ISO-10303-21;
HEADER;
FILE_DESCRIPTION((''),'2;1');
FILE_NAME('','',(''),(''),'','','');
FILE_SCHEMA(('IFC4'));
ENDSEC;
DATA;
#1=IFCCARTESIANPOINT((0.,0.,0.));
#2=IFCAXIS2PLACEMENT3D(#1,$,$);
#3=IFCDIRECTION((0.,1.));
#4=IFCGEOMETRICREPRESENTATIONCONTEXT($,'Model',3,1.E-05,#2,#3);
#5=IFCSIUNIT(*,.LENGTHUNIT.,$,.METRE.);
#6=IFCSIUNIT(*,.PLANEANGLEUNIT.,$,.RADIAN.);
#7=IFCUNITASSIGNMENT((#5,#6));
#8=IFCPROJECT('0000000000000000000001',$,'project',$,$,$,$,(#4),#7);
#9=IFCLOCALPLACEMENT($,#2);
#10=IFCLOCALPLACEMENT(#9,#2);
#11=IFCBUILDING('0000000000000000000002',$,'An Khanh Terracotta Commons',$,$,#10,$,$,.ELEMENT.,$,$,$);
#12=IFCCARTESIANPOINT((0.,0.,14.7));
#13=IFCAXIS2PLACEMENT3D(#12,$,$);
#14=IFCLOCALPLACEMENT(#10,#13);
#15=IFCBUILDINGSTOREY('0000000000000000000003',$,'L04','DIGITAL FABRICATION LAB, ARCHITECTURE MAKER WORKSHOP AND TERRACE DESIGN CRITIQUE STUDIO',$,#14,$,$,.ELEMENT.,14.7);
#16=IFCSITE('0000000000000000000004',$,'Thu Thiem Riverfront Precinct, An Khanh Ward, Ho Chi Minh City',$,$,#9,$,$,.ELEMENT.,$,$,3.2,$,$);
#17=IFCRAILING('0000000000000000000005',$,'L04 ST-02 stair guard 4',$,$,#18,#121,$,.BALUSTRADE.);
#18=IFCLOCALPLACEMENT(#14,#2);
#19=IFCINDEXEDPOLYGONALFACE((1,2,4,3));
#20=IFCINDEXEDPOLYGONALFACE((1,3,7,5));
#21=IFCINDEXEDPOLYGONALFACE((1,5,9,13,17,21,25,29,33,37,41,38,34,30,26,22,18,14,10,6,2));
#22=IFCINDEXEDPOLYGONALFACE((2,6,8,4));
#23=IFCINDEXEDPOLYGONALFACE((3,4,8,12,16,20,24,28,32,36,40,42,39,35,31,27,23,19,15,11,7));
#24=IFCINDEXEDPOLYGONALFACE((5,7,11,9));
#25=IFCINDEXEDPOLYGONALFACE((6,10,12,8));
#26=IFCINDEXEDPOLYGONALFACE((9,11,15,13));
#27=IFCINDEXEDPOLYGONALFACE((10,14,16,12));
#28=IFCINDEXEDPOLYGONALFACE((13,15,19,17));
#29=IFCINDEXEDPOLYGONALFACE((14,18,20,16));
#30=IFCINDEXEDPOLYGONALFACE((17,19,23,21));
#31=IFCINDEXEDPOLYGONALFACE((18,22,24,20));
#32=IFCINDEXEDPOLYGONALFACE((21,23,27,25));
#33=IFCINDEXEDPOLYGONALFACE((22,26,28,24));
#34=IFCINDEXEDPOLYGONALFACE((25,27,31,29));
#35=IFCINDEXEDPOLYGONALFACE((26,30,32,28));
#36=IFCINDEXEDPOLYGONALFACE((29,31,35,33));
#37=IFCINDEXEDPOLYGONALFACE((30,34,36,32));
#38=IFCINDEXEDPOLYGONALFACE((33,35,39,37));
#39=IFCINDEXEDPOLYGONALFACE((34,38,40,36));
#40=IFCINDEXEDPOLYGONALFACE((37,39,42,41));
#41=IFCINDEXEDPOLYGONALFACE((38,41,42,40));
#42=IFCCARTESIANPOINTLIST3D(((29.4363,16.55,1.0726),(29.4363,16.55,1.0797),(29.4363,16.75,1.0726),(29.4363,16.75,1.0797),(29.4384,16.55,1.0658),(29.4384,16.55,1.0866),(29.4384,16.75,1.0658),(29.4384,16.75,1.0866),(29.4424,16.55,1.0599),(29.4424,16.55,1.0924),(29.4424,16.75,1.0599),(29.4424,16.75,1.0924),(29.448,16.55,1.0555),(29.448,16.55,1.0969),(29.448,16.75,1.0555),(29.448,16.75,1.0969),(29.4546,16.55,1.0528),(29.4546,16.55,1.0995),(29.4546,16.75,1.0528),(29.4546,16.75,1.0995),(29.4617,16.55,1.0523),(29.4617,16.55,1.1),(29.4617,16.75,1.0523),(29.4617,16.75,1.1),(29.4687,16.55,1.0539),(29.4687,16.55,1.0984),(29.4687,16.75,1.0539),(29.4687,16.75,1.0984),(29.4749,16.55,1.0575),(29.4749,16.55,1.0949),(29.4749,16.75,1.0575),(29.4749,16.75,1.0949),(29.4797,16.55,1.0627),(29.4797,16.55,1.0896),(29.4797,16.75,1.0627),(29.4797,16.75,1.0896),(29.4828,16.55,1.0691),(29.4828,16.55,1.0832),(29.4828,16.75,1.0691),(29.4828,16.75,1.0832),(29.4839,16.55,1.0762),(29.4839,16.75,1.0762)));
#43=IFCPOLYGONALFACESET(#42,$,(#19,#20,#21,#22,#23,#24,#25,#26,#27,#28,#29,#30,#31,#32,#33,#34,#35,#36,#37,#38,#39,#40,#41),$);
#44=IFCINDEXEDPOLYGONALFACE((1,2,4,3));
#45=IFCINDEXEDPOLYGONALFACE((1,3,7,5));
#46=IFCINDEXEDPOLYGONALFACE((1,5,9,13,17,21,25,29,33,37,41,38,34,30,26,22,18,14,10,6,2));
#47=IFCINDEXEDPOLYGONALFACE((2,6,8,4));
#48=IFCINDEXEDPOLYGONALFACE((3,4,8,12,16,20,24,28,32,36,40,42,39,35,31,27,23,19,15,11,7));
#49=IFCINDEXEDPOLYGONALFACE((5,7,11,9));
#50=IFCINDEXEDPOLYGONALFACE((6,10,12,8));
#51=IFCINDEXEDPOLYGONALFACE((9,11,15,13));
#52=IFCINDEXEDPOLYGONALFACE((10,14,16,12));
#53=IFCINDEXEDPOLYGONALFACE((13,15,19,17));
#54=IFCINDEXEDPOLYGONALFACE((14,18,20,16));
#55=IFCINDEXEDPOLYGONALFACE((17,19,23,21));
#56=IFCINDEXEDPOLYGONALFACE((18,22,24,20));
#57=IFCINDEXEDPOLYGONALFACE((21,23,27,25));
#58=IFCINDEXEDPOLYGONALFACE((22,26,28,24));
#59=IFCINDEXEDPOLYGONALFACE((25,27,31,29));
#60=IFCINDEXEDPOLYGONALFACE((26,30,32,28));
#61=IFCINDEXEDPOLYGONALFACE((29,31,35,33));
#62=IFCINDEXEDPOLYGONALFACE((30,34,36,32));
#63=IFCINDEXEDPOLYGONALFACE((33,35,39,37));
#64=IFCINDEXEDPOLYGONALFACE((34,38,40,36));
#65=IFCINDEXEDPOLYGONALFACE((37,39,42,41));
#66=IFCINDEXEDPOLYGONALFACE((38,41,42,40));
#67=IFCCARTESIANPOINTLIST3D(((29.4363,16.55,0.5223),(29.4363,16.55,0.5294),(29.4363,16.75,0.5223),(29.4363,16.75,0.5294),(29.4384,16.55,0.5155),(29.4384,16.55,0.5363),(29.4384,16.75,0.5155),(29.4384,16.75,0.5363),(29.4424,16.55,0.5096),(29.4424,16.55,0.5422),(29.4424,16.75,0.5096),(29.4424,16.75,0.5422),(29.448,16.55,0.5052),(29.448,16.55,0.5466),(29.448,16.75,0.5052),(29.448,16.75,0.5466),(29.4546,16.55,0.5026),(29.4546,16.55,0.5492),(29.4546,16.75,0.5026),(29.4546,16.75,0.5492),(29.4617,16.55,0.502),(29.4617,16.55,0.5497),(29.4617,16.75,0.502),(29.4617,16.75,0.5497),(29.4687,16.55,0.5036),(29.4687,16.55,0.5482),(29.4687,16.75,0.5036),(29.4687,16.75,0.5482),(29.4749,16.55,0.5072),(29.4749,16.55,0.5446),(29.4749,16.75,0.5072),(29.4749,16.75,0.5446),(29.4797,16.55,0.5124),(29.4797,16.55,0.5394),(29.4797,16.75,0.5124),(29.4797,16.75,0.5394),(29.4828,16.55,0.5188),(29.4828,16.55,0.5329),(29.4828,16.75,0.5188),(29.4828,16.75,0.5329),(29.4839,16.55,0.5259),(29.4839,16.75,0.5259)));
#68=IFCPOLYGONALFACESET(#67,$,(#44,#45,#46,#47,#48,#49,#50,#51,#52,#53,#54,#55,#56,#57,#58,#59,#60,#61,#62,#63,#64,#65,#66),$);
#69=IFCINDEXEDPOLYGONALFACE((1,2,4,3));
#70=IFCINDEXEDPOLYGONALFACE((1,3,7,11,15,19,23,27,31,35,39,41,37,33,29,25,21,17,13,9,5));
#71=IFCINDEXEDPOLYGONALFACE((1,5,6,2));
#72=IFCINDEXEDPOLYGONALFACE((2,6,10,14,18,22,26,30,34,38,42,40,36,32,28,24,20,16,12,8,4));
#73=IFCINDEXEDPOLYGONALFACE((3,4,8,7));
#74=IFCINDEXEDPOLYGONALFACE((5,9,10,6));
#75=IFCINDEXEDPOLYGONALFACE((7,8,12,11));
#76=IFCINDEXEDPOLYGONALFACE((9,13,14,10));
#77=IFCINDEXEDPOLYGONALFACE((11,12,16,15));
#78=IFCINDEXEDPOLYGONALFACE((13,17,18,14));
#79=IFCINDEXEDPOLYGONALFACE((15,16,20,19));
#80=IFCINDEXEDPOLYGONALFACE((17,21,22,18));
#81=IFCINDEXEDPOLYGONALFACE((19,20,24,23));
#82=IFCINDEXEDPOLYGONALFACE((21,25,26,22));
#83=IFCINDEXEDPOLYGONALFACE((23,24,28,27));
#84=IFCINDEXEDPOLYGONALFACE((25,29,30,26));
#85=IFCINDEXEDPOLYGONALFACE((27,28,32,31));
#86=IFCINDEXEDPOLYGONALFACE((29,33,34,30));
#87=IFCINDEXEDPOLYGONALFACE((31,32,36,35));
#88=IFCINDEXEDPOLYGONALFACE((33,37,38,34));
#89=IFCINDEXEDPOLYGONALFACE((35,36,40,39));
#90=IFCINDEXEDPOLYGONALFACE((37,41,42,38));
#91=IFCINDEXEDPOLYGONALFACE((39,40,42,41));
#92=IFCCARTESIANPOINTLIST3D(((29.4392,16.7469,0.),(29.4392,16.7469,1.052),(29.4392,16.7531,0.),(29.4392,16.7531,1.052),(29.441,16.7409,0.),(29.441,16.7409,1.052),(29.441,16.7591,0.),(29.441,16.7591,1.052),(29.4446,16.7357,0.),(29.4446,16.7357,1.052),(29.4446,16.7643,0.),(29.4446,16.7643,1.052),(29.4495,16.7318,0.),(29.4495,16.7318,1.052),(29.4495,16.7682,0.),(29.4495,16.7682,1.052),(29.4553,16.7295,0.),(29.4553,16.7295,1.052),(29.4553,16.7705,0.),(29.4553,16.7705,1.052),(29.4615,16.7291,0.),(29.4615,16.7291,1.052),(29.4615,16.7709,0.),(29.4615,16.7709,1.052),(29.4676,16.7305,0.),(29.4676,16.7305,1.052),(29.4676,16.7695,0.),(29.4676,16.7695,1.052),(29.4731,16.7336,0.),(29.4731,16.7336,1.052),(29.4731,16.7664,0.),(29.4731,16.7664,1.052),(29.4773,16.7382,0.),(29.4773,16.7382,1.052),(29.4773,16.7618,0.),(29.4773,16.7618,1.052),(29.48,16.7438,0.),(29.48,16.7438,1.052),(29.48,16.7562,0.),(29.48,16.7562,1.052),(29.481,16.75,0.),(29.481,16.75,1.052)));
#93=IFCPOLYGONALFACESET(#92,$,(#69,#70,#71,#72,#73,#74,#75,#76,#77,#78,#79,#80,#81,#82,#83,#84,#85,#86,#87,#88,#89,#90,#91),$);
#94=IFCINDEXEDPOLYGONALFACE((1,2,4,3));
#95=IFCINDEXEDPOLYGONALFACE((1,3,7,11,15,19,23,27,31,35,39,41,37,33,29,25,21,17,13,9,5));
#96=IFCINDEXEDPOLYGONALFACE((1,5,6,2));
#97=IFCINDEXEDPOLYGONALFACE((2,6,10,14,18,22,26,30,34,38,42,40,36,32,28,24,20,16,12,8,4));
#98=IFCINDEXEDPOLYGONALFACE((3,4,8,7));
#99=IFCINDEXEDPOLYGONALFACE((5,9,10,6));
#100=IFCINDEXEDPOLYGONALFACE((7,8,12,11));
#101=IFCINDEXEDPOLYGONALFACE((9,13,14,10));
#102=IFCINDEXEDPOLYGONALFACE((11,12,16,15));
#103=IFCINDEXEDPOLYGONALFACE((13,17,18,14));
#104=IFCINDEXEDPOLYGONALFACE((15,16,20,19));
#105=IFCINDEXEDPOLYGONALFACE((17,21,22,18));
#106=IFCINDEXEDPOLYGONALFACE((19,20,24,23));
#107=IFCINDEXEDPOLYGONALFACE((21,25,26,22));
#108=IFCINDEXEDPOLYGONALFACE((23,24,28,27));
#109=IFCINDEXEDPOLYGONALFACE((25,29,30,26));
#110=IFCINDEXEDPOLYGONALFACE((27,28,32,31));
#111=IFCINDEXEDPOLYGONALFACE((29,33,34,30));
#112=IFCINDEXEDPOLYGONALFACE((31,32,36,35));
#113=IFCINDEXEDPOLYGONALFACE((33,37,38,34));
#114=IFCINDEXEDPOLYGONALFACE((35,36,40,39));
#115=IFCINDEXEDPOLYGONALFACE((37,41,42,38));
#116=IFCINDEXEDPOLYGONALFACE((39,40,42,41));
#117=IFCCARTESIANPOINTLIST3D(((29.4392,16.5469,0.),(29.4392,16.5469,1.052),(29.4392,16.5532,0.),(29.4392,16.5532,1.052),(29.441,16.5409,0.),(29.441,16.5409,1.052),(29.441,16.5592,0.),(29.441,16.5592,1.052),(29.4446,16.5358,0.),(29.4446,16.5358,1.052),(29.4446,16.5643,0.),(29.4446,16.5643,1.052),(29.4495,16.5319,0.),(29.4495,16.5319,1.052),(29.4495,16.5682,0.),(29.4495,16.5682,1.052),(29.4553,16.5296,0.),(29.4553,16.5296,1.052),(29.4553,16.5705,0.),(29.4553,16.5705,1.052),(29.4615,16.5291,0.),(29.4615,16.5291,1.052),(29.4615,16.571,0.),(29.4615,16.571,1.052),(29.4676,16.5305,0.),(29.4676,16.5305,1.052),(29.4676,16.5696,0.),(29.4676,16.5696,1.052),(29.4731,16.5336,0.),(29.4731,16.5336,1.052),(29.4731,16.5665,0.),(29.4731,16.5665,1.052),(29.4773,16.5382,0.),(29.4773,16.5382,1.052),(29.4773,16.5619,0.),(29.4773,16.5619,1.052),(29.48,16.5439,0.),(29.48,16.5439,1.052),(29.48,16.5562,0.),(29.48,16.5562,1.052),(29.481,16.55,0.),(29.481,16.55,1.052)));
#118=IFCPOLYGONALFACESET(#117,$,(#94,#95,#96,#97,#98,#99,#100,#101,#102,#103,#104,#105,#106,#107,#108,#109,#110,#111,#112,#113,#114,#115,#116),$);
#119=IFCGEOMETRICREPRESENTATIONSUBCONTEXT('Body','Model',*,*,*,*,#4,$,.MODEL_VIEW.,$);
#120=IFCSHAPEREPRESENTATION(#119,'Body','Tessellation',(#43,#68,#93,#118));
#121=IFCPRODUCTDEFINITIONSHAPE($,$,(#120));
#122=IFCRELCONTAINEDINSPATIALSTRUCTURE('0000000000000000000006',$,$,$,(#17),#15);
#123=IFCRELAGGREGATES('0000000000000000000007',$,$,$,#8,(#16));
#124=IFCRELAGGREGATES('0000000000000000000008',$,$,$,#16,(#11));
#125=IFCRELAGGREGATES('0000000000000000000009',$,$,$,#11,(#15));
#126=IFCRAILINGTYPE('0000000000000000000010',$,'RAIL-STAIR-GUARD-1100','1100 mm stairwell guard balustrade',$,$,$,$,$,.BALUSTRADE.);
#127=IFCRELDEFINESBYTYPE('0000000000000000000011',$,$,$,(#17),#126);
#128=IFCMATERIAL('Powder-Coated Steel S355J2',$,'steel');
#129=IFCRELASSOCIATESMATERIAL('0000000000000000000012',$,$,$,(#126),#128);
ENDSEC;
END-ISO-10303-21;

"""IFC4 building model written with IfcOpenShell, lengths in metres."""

from ifc_helpers import new_model, si_unit, direction, frame, origin, origin_2d, place, context, subcontext, project, spatial, circle, extrude, material, type_object, element, save


model = new_model("IFC4")

# Units and contexts
model_context = context("Model", 3, precision=1e-05, world=origin(), true_north=direction((0.0, 1.0)))
body_context = subcontext(model_context, "Body", "Model", "MODEL_VIEW")
ifc_project = project(units=[si_unit("LENGTHUNIT", "METRE"), si_unit("PLANEANGLEUNIT", "RADIAN")], contexts=[model_context])

# Site, building, storey
site_placement = place(None, origin())
site = spatial("IfcSite", under=ifc_project, at=site_placement, Name="Thu Thiem Riverfront Precinct, An Khanh Ward, Ho Chi Minh City", CompositionType="ELEMENT", RefElevation=3.2)
building_placement = place(site_placement, origin())
building = spatial("IfcBuilding", under=site, at=building_placement, Name="An Khanh Terracotta Commons", CompositionType="ELEMENT")
storey_placement = place(building_placement, frame((0.0, 0.0, 14.7)))
storey = spatial("IfcBuildingStorey", under=building, at=storey_placement, Name="L04", Description="DIGITAL FABRICATION LAB, ARCHITECTURE MAKER WORKSHOP AND TERRACE DESIGN CRITIQUE STUDIO", CompositionType="ELEMENT", Elevation=14.7)

# Railing
ifc_material_1 = material(Name="Powder-Coated Steel S355J2", Category="steel")
railing_type = type_object("IfcRailingType", Name="RAIL-STAIR-GUARD-1100", Description="1100 mm stairwell guard balustrade", PredefinedType="BALUSTRADE", material=ifc_material_1)
railing_1_placement = place(storey_placement, frame((29.46, 16.75, 0.0)))
element("IfcRailing", 1, at=railing_1_placement, inside=storey, type_object=railing_type, Name="L04 ST-02 stair guard 4", PredefinedType="BALUSTRADE", context=body_context, shape_type="SweptSolid", body=[
    extrude(circle(Radius=0.0239, at=origin_2d()), frame((0.0, 0.0, 1.0762), z_axis=(0.0, -1.0, 0.0), x_axis=(1.0, 0.0, 0.0)), (0.0, 0.0, 1.0), 0.2),
    extrude(circle(Radius=0.0239, at=origin_2d()), frame((0.0, 0.0, 0.5259), z_axis=(0.0, -1.0, 0.0), x_axis=(1.0, 0.0, 0.0)), (0.0, 0.0, 1.0), 0.2),
    extrude(circle(Radius=0.021, at=origin_2d()), origin(), (0.0, 0.0, 1.0), 1.052),
    extrude(circle(Radius=0.021, at=origin_2d()), frame((0.0, -0.2, 0.0)), (0.0, 0.0, 1.0), 1.052),
])

save(model, "model.ifc")
